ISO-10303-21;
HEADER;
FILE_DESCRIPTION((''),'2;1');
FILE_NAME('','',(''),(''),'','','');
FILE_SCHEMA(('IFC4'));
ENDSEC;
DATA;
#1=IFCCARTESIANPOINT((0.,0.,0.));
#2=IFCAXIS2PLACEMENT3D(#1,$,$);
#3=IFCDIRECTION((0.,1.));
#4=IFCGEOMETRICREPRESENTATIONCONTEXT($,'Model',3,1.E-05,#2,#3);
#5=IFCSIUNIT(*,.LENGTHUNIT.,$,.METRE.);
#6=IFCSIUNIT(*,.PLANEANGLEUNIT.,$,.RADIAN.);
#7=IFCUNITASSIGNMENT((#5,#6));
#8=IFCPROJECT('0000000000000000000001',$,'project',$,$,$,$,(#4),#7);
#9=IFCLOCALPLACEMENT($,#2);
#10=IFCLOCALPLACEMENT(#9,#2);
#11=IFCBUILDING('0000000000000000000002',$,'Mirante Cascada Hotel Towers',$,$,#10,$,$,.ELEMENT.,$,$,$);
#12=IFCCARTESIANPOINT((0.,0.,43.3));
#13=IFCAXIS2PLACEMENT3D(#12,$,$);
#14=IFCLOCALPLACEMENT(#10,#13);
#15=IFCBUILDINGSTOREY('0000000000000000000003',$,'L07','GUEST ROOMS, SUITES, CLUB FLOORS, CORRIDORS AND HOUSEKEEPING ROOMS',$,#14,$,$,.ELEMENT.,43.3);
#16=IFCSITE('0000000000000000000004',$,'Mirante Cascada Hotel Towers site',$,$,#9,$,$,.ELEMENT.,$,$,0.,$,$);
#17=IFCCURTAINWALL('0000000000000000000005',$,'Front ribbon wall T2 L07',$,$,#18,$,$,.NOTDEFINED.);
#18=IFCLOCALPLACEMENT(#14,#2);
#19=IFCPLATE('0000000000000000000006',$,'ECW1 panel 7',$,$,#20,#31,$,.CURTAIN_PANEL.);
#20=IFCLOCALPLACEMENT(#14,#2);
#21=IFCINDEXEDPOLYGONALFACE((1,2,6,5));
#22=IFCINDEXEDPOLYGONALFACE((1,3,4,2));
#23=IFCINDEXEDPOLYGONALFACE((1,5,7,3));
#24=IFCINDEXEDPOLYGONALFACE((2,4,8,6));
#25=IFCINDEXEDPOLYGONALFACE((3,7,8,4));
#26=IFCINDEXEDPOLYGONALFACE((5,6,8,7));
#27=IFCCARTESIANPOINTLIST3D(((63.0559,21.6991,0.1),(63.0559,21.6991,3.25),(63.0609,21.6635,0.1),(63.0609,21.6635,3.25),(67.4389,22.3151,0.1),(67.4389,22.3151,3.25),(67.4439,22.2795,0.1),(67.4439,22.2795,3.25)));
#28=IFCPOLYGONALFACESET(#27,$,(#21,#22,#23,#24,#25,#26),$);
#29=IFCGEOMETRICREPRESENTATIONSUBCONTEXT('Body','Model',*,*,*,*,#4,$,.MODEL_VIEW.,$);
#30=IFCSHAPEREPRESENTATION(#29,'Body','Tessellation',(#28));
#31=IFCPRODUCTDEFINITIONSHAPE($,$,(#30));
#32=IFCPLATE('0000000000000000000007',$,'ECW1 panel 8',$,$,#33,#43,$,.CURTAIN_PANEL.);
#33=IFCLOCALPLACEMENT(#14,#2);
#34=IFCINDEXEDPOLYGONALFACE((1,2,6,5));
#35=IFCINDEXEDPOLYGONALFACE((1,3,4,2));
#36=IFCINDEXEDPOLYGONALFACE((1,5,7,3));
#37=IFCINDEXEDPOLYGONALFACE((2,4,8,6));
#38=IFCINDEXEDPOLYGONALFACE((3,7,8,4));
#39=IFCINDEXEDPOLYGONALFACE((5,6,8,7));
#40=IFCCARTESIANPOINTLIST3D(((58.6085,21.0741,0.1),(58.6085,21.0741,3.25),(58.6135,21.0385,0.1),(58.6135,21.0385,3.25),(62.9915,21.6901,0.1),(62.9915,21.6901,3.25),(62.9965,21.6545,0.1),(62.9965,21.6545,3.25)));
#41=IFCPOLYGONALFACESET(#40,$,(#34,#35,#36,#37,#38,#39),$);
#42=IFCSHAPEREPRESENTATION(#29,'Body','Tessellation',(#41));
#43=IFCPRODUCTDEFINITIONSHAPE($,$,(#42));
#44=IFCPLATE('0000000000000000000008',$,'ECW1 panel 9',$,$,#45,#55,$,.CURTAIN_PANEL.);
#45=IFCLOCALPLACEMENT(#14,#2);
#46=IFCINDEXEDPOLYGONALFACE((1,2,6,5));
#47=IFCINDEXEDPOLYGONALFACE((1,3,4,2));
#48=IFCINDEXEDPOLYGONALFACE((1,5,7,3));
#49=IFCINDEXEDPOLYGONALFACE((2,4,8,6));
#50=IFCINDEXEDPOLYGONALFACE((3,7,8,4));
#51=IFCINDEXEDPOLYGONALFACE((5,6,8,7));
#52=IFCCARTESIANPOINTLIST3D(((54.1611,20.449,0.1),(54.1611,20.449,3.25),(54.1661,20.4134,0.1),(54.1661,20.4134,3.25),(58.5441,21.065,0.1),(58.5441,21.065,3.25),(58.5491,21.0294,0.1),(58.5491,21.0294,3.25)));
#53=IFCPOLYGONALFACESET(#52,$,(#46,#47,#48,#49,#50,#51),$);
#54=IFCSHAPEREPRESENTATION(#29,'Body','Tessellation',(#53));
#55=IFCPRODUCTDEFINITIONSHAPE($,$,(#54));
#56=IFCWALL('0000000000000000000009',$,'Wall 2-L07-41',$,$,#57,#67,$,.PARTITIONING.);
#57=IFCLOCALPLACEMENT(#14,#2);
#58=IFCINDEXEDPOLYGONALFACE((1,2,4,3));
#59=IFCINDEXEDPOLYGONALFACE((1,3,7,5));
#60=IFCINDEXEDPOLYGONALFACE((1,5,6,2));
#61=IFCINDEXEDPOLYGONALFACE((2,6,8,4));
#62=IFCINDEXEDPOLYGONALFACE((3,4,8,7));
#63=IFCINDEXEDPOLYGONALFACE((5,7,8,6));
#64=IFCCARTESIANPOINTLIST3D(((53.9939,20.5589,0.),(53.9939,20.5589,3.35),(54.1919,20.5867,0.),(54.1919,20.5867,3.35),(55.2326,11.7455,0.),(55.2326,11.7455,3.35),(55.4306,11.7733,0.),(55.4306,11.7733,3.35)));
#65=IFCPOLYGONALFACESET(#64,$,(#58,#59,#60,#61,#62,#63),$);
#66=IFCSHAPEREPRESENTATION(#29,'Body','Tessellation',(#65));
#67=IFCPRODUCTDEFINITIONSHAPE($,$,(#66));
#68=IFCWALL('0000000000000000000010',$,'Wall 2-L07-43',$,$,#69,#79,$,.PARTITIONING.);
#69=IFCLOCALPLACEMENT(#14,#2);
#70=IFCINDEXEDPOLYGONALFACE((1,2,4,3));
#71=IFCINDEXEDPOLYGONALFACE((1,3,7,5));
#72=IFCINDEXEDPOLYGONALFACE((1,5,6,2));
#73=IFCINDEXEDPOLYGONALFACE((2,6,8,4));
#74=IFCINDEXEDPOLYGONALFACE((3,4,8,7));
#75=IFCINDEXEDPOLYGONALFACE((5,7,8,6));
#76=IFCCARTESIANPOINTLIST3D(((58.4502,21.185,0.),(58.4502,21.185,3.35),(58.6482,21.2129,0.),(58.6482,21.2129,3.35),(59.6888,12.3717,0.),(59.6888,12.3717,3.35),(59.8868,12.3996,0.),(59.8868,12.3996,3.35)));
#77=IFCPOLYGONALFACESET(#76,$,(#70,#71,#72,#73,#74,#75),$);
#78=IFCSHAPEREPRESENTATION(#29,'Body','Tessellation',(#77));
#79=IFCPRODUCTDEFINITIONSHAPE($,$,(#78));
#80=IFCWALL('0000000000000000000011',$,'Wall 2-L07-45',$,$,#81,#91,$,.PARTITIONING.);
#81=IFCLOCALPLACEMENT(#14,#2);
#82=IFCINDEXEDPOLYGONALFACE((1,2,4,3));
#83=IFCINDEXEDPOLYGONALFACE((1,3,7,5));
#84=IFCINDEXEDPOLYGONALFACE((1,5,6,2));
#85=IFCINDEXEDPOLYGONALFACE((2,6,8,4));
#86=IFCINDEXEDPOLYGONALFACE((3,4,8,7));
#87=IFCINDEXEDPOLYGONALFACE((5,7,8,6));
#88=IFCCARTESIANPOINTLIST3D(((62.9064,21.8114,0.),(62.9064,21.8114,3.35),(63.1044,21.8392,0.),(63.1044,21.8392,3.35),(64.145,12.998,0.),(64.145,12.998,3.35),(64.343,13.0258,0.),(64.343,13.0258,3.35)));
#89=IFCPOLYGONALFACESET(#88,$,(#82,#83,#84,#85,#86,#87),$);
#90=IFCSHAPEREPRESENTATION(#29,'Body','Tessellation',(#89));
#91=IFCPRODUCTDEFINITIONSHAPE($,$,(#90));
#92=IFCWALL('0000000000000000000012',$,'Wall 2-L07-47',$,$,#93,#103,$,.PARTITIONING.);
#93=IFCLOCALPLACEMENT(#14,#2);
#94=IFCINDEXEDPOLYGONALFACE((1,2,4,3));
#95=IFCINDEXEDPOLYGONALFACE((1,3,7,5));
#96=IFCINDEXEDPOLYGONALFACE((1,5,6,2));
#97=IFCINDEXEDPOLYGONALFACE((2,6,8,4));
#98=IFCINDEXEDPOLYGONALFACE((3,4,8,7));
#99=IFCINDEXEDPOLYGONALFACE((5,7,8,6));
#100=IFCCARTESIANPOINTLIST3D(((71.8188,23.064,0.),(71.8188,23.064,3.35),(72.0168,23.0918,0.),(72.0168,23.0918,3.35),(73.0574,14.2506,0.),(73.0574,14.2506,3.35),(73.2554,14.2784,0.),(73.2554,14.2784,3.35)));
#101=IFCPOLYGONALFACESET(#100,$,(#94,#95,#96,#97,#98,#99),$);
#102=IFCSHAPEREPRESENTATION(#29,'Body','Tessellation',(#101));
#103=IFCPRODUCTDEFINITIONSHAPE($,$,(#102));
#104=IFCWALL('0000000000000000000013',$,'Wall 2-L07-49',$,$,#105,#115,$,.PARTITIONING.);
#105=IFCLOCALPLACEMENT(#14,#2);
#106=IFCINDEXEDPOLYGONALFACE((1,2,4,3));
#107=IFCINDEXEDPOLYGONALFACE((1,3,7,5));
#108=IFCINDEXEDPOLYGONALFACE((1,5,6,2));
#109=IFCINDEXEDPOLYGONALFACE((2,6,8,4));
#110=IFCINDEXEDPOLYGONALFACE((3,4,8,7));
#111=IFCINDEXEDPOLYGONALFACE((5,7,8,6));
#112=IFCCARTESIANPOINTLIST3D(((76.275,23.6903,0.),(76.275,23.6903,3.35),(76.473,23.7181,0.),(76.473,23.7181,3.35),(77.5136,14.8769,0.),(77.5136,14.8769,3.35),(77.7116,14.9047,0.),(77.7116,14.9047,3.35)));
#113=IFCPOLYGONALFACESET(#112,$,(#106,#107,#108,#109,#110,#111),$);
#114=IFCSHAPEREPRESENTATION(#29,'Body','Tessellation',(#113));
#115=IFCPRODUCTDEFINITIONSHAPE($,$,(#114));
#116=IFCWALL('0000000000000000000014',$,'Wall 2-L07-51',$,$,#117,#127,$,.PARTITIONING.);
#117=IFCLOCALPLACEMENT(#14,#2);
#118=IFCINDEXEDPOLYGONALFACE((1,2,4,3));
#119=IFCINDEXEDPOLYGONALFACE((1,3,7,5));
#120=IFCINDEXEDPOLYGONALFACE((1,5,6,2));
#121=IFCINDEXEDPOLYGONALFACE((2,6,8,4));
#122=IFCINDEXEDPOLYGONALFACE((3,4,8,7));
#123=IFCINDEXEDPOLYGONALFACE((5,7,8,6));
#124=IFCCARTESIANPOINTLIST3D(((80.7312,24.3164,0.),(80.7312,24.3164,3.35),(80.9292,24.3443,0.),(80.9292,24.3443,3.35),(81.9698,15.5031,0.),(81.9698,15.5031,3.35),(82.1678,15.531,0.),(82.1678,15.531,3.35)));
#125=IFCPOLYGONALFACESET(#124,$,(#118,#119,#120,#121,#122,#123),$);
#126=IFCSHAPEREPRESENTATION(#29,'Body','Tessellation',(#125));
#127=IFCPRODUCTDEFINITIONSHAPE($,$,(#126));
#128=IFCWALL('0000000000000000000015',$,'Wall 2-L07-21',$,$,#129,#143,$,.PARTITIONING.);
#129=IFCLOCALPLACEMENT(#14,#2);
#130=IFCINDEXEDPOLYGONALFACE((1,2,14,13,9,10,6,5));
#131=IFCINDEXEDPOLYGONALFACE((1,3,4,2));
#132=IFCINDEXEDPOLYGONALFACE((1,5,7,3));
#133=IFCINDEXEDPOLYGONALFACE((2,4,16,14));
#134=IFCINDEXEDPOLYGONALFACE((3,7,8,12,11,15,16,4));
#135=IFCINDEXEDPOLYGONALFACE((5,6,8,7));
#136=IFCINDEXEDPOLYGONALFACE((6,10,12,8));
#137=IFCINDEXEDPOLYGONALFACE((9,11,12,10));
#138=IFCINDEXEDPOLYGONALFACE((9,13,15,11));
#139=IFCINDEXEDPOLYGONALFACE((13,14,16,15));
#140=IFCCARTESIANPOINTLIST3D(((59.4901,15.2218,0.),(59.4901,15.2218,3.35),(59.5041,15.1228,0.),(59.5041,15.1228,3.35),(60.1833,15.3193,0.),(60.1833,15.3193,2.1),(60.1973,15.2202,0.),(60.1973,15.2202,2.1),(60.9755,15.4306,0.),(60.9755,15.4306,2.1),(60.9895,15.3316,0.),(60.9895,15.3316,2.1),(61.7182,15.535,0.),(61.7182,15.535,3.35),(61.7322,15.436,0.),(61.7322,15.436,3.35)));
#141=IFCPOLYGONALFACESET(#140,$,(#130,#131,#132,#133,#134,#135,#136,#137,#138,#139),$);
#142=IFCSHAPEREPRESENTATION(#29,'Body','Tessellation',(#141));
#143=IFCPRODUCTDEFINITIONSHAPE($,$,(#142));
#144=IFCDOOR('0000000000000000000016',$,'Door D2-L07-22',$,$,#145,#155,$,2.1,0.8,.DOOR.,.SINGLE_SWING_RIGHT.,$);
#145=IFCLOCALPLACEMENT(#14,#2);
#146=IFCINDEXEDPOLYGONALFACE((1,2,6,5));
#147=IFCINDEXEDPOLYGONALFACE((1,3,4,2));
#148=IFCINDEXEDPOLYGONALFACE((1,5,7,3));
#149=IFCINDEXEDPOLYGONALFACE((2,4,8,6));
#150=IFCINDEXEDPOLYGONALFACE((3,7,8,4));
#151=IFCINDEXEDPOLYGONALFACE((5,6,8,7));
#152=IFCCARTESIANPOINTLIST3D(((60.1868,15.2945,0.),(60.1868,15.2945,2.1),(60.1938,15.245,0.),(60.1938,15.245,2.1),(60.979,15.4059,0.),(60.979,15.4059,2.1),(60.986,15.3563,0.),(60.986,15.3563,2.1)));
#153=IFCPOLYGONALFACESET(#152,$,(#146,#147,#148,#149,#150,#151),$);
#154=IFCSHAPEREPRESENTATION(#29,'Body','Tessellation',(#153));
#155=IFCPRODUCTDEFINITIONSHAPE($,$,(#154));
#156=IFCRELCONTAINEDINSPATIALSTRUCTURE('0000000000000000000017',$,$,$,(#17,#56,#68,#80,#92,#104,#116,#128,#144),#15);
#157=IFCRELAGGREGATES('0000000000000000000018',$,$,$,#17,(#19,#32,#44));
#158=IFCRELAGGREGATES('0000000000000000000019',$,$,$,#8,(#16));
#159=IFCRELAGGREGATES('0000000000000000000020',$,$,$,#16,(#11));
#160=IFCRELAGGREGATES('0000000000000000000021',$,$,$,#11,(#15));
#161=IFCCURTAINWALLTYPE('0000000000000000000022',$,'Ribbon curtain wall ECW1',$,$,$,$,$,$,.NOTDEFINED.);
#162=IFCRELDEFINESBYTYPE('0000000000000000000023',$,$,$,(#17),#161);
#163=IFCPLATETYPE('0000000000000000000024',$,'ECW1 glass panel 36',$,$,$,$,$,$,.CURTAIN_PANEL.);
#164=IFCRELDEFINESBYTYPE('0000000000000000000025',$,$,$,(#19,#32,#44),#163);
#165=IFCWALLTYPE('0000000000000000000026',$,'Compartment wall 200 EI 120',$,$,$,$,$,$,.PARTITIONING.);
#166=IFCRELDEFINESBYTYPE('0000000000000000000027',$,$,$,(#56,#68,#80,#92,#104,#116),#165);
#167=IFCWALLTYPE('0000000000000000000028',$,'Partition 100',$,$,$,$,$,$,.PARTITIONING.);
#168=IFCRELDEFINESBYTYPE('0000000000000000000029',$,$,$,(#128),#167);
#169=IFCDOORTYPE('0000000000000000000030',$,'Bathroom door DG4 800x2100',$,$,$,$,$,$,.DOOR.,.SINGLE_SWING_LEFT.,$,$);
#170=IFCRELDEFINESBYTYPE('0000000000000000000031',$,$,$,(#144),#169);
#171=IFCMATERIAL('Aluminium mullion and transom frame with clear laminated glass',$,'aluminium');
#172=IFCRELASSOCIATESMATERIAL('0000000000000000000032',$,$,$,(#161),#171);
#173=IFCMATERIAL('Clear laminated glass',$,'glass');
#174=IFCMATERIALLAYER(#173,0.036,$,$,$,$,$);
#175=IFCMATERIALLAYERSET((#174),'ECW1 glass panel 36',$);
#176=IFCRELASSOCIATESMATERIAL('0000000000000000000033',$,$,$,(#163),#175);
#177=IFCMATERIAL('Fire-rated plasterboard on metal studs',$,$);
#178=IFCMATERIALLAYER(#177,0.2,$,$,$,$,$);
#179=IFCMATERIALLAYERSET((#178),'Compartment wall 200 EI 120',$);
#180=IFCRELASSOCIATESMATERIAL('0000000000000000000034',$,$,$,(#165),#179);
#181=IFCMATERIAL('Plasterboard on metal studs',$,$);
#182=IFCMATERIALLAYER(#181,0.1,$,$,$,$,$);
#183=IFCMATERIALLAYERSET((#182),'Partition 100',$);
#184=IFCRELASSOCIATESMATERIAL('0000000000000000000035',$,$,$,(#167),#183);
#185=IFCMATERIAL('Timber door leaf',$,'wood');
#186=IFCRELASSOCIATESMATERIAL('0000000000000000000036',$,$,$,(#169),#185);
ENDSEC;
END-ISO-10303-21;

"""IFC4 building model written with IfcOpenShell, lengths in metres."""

from ifc_helpers import new_model, si_unit, direction, frame, frame_2d, origin, origin_2d, place, context, subcontext, project, spatial, rectangle, extrude, material, layer, layer_set, type_object, element, fill, aggregate, save


model = new_model("IFC4")

# Units and contexts
model_context = context("Model", 3, precision=1e-05, world=origin(), true_north=direction((0.0, 1.0)))
body_context = subcontext(model_context, "Body", "Model", "MODEL_VIEW")
ifc_project = project(units=[si_unit("LENGTHUNIT", "METRE"), si_unit("PLANEANGLEUNIT", "RADIAN")], contexts=[model_context])

# Site, building, storey
site_placement = place(None, origin())
site = spatial("IfcSite", under=ifc_project, at=site_placement, Name="Mirante Cascada Hotel Towers site", CompositionType="ELEMENT", RefElevation=0.0)
building_placement = place(site_placement, origin())
building = spatial("IfcBuilding", under=site, at=building_placement, Name="Mirante Cascada Hotel Towers", CompositionType="ELEMENT")
storey_placement = place(building_placement, frame((0.0, 0.0, 43.3)))
storey = spatial("IfcBuildingStorey", under=building, at=storey_placement, Name="L07", Description="GUEST ROOMS, SUITES, CLUB FLOORS, CORRIDORS AND HOUSEKEEPING ROOMS", CompositionType="ELEMENT", Elevation=43.3)

# Curtain wall, plates
ifc_material_1 = material(Name="Aluminium mullion and transom frame with clear laminated glass", Category="aluminium")
curtain_wall_type = type_object("IfcCurtainWallType", Name="Ribbon curtain wall ECW1", PredefinedType="NOTDEFINED", material=ifc_material_1)
curtain_wall_placement = place(storey_placement, origin())
curtain_wall = element("IfcCurtainWall", 1, at=curtain_wall_placement, inside=storey, type_object=curtain_wall_type, Name="Front ribbon wall T2 L07", PredefinedType="NOTDEFINED")
ifc_material_2 = material(Name="Clear laminated glass", Category="glass")
ifc_layer_1 = layer(ifc_material_2, 0.036)
ifc_layer_set_1 = layer_set([ifc_layer_1], Name="ECW1 glass panel 36")
plate_type = type_object("IfcPlateType", Name="ECW1 glass panel 36", PredefinedType="CURTAIN_PANEL", material=ifc_layer_set_1)
plate_1_placement = place(storey_placement, frame((65.2499, 21.9893, 0.1), z_axis=(0.0, 0.0, 1.0), x_axis=(-0.990268, -0.139173, 0.0)))
plate_1 = element("IfcPlate", 2, at=plate_1_placement, type_object=plate_type, Name="ECW1 panel 7", PredefinedType="CURTAIN_PANEL", context=body_context, shape_type="SweptSolid", body=[
    extrude(rectangle(XDim=4.4261, YDim=0.036, at=origin_2d()), origin(), (0.0, 0.0, 1.0), 3.15),
])
plate_2_placement = place(storey_placement, frame((60.8025, 21.3643, 0.1), z_axis=(0.0, 0.0, 1.0), x_axis=(-0.990268, -0.139173, 0.0)))
plate_2 = element("IfcPlate", 3, at=plate_2_placement, type_object=plate_type, Name="ECW1 panel 8", PredefinedType="CURTAIN_PANEL", context=body_context, shape_type="SweptSolid", body=[
    extrude(rectangle(XDim=4.4261, YDim=0.036, at=origin_2d()), origin(), (0.0, 0.0, 1.0), 3.15),
])
plate_3_placement = place(storey_placement, frame((56.3551, 20.7392, 0.1), z_axis=(0.0, 0.0, 1.0), x_axis=(-0.990268, -0.139173, 0.0)))
plate_3 = element("IfcPlate", 4, at=plate_3_placement, type_object=plate_type, Name="ECW1 panel 9", PredefinedType="CURTAIN_PANEL", context=body_context, shape_type="SweptSolid", body=[
    extrude(rectangle(XDim=4.4261, YDim=0.036, at=origin_2d()), origin(), (0.0, 0.0, 1.0), 3.15),
])
aggregate(curtain_wall, [plate_1, plate_2, plate_3])

# Walls
ifc_material_3 = material(Name="Fire-rated plasterboard on metal studs")
ifc_layer_2 = layer(ifc_material_3, 0.2)
ifc_layer_set_2 = layer_set([ifc_layer_2], Name="Compartment wall 200 EI 120")
wall_type_1 = type_object("IfcWallType", Name="Compartment wall 200 EI 120", PredefinedType="PARTITIONING", material=ifc_layer_set_2)
wall_1_placement = place(storey_placement, frame((54.0929, 20.5728, 0.0), z_axis=(0.0, 0.0, 1.0), x_axis=(0.139179, -0.990267, 0.0)))
element("IfcWall", 5, at=wall_1_placement, inside=storey, type_object=wall_type_1, Name="Wall 2-L07-41", PredefinedType="PARTITIONING", context=body_context, shape_type="SweptSolid", body=[
    extrude(rectangle(XDim=8.9, YDim=0.2, at=frame_2d((4.45, 0.0))), origin(), (0.0, 0.0, 1.0), 3.35),
])
wall_2_placement = place(storey_placement, frame((58.5492, 21.199, 0.0), z_axis=(0.0, 0.0, 1.0), x_axis=(0.13917, -0.990268, 0.0)))
element("IfcWall", 6, at=wall_2_placement, inside=storey, type_object=wall_type_1, Name="Wall 2-L07-43", PredefinedType="PARTITIONING", context=body_context, shape_type="SweptSolid", body=[
    extrude(rectangle(XDim=8.8999, YDim=0.2, at=frame_2d((4.45, 0.0))), origin(), (0.0, 0.0, 1.0), 3.35),
])
for number, where, z_axis, x_axis, name in (
    (7, (63.0054, 21.8253, 0.0), (0.0, 0.0, 1.0), (0.139168, -0.990269, 0.0), "Wall 2-L07-45"),
    (8, (71.9178, 23.0779, 0.0), (0.0, 0.0, 1.0), (0.139168, -0.990269, 0.0), "Wall 2-L07-47"),
    (9, (76.374, 23.7042, 0.0), (0.0, 0.0, 1.0), (0.139168, -0.990269, 0.0), "Wall 2-L07-49"),
):
    element("IfcWall", number, at=place(storey_placement, frame(where, z_axis=z_axis, x_axis=x_axis)), inside=storey, type_object=wall_type_1, Name=name, PredefinedType="PARTITIONING", context=body_context, shape_type="SweptSolid", body=[
        extrude(rectangle(XDim=8.9, YDim=0.2, at=frame_2d((4.45, 0.0))), origin(), (0.0, 0.0, 1.0), 3.35),
    ])
wall_3_placement = place(storey_placement, frame((80.8302, 24.3304, 0.0), z_axis=(0.0, 0.0, 1.0), x_axis=(0.13917, -0.990268, 0.0)))
element("IfcWall", 10, at=wall_3_placement, inside=storey, type_object=wall_type_1, Name="Wall 2-L07-51", PredefinedType="PARTITIONING", context=body_context, shape_type="SweptSolid", body=[
    extrude(rectangle(XDim=8.8999, YDim=0.2, at=frame_2d((4.45, 0.0))), origin(), (0.0, 0.0, 1.0), 3.35),
])

# Wall, opening, door
ifc_material_4 = material(Name="Plasterboard on metal studs")
ifc_layer_3 = layer(ifc_material_4, 0.1)
ifc_layer_set_3 = layer_set([ifc_layer_3], Name="Partition 100")
wall_type_2 = type_object("IfcWallType", Name="Partition 100", PredefinedType="PARTITIONING", material=ifc_layer_set_3)
wall_4_placement = place(storey_placement, frame((61.7252, 15.4855, 0.0), z_axis=(0.0, 0.0, 1.0), x_axis=(-0.990264, -0.1392, 0.0)))
wall_4 = element("IfcWall", 11, at=wall_4_placement, inside=storey, type_object=wall_type_2, Name="Wall 2-L07-21", PredefinedType="PARTITIONING", context=body_context, shape_type="SweptSolid", body=[
    extrude(rectangle(XDim=2.25, YDim=0.1, at=frame_2d((1.125, 0.0))), origin(), (0.0, 0.0, 1.0), 3.35),
])
opening_1_placement = place(wall_4_placement, frame((0.75, 0.0, 0.0)))
opening_1 = element("IfcOpeningElement", 12, at=opening_1_placement, cuts=wall_4, PredefinedType="OPENING", context=body_context, shape_type="SweptSolid", body=[
    extrude(rectangle(XDim=0.8, YDim=2.1, at=frame_2d((0.4, 1.05))), frame((0.0, 0.05, 0.0), z_axis=(0.0, -1.0, 0.0), x_axis=(1.0, 0.0, 0.0)), (0.0, 0.0, 1.0), 0.1),
])
ifc_material_5 = material(Name="Timber door leaf", Category="wood")
door_type = type_object("IfcDoorType", Name="Bathroom door DG4 800x2100", OperationType="SINGLE_SWING_LEFT", PredefinedType="DOOR", material=ifc_material_5)
door_1_placement = place(opening_1_placement, frame((0.8, 0.0, 0.0), z_axis=(0.0, 0.0, 1.0), x_axis=(-1.0, 0.0, 0.0)))
door_1 = element("IfcDoor", 13, at=door_1_placement, inside=storey, type_object=door_type, Name="Door D2-L07-22", OperationType="SINGLE_SWING_RIGHT", OverallHeight=2.1, OverallWidth=0.8, PredefinedType="DOOR", context=body_context, shape_type="SweptSolid", body=[
    extrude(rectangle(XDim=0.8, YDim=2.1, at=frame_2d((0.4, 1.05))), frame((0.0, 0.025, 0.0), z_axis=(0.0, -1.0, 0.0), x_axis=(1.0, 0.0, 0.0)), (0.0, 0.0, 1.0), 0.05),
])
fill(opening_1, door_1)

save(model, "model.ifc")
